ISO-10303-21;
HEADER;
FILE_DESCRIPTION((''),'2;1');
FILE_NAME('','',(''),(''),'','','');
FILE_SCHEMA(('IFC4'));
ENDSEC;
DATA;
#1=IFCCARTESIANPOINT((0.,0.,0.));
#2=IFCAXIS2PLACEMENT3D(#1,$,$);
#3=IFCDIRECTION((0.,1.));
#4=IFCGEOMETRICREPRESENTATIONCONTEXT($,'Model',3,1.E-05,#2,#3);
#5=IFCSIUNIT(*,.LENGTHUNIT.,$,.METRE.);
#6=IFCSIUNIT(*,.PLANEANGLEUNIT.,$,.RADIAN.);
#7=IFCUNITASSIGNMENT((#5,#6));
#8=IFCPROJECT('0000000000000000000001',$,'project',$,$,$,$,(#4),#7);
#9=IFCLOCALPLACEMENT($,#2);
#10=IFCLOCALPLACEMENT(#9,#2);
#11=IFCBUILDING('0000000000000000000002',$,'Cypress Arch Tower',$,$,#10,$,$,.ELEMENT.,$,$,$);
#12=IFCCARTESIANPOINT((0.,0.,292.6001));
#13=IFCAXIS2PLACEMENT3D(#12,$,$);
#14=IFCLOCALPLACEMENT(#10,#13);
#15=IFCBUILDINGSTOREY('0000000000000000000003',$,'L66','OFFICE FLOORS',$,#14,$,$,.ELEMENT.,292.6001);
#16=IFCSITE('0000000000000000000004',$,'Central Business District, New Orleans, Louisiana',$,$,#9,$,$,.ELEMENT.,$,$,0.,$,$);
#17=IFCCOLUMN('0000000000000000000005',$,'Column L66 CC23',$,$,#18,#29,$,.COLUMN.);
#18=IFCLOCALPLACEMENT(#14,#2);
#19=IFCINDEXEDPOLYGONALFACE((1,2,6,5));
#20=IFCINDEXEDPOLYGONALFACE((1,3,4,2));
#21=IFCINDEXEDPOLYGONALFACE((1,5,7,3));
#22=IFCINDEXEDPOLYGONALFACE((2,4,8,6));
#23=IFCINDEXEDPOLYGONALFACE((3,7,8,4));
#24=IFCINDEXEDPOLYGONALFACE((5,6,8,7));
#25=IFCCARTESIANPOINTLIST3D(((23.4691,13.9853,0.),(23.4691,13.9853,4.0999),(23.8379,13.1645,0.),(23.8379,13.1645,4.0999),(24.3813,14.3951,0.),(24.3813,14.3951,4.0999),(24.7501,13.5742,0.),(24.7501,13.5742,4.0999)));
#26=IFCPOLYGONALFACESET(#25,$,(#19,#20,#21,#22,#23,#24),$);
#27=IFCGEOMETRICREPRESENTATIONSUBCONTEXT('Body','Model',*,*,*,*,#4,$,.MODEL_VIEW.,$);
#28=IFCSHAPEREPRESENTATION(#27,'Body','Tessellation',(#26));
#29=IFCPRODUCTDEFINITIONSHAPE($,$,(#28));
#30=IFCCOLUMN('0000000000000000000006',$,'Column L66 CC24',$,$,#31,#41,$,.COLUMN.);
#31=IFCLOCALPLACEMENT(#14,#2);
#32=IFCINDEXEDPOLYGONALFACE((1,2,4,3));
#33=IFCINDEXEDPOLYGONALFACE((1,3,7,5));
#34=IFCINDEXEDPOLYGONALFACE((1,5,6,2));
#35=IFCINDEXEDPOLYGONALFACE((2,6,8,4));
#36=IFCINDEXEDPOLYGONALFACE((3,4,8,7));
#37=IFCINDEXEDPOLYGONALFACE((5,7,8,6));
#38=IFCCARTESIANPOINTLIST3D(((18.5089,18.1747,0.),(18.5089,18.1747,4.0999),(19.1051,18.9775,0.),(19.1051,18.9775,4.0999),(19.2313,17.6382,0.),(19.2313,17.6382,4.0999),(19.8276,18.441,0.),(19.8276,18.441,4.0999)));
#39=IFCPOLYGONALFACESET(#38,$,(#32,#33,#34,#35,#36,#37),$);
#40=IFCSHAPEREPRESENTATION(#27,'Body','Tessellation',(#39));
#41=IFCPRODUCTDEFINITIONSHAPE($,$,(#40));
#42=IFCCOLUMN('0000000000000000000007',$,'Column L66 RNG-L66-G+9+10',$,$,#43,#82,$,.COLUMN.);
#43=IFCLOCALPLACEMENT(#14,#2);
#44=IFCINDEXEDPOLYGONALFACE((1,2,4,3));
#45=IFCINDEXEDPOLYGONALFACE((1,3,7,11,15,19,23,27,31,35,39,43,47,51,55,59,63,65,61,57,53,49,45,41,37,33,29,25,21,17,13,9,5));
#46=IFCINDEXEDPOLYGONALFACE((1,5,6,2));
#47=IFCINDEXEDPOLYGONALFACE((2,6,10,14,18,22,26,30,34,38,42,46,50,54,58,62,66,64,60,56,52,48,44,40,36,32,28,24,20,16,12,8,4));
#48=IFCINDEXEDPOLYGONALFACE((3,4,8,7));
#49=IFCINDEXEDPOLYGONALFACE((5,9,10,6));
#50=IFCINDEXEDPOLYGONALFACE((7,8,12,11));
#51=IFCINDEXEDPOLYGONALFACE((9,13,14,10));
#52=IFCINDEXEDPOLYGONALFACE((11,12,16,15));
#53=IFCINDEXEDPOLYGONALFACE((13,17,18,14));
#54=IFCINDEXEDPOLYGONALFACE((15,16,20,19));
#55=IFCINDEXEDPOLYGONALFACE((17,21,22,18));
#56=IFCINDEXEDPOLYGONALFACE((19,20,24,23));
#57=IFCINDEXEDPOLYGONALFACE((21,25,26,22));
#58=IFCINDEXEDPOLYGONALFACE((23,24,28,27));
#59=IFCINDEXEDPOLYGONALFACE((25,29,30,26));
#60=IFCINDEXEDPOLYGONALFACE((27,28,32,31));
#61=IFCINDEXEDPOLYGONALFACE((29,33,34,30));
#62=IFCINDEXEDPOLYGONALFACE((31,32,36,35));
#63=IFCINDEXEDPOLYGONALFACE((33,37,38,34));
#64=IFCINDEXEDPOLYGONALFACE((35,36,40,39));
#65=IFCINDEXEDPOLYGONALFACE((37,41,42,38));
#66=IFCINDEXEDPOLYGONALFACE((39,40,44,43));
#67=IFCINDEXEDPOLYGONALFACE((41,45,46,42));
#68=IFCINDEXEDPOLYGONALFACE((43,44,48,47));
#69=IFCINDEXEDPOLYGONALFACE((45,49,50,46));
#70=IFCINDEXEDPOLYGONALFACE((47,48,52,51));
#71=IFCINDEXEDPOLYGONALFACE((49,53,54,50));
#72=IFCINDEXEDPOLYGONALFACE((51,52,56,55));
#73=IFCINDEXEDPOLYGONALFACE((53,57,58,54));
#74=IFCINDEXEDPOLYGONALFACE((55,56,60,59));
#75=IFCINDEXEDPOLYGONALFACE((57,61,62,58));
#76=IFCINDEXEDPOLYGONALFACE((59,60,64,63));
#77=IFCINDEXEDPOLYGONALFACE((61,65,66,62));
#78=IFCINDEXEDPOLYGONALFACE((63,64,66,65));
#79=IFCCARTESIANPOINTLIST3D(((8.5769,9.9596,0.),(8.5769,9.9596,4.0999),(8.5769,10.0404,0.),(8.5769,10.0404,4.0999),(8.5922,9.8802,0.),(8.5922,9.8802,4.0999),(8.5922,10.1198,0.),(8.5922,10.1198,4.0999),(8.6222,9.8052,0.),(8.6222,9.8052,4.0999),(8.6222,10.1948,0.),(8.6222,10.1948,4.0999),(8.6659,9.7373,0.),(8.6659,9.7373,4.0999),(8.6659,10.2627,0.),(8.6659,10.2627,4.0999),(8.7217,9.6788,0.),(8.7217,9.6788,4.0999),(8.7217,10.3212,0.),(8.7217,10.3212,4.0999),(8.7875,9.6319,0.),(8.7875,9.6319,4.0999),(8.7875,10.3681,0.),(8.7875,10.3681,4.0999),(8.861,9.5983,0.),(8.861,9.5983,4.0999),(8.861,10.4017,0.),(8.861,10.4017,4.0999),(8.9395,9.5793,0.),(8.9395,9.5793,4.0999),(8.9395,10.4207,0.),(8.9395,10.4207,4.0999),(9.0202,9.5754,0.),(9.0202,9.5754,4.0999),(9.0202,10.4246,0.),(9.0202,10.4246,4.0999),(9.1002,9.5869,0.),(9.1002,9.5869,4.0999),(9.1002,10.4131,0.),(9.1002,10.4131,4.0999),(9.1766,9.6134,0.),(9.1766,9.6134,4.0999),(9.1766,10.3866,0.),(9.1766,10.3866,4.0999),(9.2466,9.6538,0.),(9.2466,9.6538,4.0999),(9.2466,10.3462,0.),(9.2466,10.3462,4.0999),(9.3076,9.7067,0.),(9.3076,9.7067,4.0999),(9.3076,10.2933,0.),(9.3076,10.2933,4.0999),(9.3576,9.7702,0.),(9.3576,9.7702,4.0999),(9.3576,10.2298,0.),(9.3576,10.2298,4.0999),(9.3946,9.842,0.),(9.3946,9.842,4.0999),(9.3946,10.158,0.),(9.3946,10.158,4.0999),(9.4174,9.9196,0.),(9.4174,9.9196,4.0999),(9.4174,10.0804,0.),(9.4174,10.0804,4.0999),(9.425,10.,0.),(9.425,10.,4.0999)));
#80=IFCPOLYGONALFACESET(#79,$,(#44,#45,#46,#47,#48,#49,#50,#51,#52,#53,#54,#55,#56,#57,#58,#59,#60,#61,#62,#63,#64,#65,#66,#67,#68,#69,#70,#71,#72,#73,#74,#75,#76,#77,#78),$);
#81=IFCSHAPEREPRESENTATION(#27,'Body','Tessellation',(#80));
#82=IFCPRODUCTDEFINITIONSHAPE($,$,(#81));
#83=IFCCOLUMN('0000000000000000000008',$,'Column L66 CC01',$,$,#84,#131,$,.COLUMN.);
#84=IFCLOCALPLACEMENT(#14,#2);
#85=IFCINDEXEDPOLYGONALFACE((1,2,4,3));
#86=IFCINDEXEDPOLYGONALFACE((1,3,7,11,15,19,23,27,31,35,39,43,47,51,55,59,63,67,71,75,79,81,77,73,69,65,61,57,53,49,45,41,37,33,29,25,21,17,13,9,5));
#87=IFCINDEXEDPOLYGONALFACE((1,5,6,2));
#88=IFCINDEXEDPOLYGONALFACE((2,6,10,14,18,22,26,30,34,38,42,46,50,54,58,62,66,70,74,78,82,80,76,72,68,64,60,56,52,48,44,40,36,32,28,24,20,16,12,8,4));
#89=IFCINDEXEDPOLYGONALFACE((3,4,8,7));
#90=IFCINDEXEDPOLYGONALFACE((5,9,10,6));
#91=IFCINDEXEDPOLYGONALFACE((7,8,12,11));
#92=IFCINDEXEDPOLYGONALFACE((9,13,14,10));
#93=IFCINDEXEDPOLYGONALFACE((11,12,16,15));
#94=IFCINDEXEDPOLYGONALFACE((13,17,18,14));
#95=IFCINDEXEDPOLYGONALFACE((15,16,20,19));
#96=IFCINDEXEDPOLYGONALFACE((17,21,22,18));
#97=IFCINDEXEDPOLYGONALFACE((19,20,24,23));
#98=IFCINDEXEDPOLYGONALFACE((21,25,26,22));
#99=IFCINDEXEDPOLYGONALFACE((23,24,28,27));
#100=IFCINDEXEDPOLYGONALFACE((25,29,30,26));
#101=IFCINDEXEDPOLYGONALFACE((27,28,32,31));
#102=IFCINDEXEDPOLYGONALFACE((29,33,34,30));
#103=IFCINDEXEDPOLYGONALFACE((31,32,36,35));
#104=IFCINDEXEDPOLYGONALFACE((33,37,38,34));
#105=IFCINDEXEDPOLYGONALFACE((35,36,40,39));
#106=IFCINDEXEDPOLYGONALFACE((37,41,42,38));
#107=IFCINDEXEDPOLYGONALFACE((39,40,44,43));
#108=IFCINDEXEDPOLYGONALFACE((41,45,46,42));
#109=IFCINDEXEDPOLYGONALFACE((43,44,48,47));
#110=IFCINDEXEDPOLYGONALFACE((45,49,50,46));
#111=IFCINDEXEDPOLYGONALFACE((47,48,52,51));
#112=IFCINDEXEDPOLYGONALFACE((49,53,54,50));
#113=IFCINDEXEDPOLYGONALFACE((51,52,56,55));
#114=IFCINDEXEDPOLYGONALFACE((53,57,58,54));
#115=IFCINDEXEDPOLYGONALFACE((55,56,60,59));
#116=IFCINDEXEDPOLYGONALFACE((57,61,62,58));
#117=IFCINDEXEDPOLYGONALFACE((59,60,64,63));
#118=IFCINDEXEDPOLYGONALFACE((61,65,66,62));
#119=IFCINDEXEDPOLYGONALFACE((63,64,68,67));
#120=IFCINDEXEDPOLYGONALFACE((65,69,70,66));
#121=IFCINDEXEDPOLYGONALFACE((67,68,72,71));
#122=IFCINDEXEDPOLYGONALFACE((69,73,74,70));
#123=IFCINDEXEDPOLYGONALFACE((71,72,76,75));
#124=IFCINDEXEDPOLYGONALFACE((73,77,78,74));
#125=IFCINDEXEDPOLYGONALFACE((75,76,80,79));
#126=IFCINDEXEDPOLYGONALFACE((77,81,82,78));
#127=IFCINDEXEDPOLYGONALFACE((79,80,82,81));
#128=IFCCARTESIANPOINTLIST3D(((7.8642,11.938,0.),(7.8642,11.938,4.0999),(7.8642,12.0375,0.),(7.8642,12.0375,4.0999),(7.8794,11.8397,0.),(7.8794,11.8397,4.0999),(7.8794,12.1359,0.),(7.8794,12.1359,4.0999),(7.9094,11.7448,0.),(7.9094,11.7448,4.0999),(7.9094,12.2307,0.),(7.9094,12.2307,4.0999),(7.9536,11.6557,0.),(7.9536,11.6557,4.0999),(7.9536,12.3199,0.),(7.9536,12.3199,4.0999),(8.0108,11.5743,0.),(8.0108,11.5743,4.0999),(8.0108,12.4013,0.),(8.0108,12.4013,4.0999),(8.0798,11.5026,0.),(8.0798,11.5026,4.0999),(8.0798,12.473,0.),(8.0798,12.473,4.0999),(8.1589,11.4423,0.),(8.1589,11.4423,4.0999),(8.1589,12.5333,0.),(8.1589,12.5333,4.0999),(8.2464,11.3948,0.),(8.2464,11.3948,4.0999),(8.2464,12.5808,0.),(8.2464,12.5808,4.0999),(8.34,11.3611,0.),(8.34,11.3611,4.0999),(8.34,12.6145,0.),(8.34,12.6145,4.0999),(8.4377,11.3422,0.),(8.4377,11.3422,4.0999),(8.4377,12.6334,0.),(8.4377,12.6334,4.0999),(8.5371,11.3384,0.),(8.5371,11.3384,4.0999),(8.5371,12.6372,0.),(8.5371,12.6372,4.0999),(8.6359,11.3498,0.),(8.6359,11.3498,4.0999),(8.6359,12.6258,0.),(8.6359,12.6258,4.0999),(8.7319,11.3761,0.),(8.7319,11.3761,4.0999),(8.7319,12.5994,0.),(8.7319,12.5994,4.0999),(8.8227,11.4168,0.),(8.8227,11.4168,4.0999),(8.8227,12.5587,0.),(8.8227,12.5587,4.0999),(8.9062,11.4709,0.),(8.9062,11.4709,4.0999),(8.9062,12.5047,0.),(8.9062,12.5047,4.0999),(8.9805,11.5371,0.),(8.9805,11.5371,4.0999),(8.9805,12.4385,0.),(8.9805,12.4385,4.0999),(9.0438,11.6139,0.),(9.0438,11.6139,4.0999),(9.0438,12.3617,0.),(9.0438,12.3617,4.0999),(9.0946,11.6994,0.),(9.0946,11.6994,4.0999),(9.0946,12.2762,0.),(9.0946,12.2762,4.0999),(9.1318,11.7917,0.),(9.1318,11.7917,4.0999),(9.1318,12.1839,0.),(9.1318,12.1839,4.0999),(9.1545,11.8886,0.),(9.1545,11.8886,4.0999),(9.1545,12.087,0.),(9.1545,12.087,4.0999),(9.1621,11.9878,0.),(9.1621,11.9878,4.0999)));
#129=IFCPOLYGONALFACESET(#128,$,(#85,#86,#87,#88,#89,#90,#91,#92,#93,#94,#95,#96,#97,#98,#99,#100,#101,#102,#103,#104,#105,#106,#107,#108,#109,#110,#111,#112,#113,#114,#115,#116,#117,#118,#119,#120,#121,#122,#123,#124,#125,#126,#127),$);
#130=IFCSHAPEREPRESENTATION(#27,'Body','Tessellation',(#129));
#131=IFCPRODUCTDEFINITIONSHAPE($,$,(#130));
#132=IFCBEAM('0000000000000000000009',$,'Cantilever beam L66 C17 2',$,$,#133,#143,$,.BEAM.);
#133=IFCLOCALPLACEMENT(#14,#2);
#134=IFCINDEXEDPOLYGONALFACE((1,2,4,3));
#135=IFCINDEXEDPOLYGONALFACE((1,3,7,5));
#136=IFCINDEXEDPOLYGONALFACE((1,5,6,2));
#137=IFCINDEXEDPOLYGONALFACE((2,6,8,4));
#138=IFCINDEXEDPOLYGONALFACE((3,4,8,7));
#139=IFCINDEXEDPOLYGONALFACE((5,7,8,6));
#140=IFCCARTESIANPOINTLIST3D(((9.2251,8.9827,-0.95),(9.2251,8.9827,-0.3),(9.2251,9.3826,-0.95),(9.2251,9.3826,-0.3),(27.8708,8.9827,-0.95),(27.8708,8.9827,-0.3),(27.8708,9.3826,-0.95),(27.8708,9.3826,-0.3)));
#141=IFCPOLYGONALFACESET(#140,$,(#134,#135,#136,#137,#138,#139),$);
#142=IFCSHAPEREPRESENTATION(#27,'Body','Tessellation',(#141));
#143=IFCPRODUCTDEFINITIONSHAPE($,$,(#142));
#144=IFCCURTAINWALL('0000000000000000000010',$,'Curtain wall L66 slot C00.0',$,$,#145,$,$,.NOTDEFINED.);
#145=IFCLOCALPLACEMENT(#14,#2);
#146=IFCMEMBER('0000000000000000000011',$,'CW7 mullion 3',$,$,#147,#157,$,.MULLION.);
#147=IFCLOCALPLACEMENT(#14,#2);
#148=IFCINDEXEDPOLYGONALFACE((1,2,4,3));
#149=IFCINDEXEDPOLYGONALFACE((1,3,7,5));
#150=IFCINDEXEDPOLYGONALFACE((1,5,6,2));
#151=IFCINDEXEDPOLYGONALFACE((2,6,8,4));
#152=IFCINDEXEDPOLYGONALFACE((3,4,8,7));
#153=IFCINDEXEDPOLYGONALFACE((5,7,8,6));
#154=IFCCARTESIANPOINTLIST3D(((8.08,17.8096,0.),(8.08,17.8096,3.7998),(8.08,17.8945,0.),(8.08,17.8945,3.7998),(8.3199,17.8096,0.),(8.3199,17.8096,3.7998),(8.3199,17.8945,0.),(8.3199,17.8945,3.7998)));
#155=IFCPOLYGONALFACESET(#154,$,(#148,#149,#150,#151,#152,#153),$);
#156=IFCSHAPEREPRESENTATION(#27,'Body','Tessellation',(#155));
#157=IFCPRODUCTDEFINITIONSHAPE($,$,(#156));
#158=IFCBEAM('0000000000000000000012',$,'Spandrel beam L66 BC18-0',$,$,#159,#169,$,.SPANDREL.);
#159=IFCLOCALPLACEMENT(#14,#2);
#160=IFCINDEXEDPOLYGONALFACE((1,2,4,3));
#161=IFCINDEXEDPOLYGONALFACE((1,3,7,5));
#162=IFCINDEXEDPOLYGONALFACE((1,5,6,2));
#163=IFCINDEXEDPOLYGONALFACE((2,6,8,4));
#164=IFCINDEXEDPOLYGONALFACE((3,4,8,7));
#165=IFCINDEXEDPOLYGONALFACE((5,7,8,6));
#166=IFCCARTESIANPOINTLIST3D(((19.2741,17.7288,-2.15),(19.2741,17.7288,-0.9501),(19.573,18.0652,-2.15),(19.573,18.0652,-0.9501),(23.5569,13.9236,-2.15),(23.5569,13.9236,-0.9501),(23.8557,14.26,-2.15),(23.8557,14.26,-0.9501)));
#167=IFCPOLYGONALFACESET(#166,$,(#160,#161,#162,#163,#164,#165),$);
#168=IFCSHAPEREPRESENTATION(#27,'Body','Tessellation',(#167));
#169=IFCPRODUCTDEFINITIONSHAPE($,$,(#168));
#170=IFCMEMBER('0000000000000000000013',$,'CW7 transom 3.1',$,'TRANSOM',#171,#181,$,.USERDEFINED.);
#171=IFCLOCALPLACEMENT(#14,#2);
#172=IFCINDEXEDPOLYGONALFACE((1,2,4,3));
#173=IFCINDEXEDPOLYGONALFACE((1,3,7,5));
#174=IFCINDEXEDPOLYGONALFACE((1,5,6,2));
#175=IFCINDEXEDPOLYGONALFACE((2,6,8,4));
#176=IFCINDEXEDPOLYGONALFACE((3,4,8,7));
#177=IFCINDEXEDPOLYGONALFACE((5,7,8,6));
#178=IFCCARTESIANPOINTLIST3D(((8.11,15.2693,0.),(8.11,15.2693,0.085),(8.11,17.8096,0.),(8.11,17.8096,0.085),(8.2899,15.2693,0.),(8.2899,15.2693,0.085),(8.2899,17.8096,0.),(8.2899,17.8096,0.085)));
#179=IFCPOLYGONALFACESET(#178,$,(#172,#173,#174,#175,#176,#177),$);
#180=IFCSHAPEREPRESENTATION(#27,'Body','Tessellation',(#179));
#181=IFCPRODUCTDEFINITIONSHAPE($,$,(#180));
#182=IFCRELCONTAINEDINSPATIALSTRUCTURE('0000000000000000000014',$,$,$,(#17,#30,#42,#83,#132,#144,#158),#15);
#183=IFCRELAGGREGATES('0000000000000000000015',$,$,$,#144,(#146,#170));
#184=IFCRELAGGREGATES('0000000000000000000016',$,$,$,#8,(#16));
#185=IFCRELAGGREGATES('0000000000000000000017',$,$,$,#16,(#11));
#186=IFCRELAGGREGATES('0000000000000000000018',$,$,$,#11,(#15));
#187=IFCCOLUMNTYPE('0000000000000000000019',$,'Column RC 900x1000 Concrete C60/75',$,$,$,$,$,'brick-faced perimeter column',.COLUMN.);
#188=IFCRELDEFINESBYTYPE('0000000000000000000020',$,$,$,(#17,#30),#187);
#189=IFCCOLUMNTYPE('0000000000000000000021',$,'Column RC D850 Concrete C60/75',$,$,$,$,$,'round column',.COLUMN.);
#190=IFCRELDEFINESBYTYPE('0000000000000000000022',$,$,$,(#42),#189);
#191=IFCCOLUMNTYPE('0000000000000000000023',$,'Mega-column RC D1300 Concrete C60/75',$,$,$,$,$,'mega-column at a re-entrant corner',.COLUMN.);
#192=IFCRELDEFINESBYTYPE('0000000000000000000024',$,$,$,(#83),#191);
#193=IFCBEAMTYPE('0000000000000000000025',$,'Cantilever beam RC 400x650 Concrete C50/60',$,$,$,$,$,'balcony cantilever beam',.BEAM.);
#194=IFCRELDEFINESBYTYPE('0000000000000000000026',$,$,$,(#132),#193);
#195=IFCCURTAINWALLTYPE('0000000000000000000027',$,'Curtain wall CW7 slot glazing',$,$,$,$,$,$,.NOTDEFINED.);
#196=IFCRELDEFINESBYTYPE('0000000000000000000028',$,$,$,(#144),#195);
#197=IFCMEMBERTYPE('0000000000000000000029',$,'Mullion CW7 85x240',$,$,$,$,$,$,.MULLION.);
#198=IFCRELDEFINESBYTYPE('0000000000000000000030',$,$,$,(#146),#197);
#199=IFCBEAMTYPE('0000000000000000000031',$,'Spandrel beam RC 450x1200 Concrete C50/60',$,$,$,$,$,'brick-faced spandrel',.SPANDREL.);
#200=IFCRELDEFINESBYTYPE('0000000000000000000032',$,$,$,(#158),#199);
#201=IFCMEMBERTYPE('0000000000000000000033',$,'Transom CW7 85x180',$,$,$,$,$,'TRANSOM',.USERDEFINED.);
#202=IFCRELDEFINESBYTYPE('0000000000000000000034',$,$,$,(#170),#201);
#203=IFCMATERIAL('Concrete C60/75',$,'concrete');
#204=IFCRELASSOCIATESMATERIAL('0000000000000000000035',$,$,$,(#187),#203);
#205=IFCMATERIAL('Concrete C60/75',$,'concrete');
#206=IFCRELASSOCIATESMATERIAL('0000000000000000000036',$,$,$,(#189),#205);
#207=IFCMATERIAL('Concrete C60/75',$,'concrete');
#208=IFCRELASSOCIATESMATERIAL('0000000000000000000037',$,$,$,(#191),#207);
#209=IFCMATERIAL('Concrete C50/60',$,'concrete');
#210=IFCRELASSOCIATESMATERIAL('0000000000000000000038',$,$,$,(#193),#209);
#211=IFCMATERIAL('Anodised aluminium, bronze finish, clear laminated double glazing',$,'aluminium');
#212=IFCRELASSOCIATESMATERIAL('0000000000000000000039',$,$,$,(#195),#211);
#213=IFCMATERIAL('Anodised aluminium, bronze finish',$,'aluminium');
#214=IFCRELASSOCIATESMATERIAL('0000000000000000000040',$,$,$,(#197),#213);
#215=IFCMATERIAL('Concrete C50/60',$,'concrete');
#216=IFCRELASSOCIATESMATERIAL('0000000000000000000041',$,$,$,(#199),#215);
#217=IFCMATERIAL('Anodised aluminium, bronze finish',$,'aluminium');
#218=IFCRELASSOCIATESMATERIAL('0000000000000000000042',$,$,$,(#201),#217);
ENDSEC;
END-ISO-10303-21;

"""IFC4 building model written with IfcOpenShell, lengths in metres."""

from ifc_helpers import new_model, si_unit, direction, frame, origin, origin_2d, place, context, subcontext, project, spatial, rectangle, circle, extrude, material, material_profile, profile_set, type_object, element, aggregate, save


model = new_model("IFC4")

# Units and contexts
model_context = context("Model", 3, precision=1e-05, world=origin(), true_north=direction((0.0, 1.0)))
body_context = subcontext(model_context, "Body", "Model", "MODEL_VIEW")
ifc_project = project(units=[si_unit("LENGTHUNIT", "METRE"), si_unit("PLANEANGLEUNIT", "RADIAN")], contexts=[model_context])

# Site, building, storey
site_placement = place(None, origin())
site = spatial("IfcSite", under=ifc_project, at=site_placement, Name="Central Business District, New Orleans, Louisiana", CompositionType="ELEMENT", RefElevation=0.0)
building_placement = place(site_placement, origin())
building = spatial("IfcBuilding", under=site, at=building_placement, Name="Cypress Arch Tower", CompositionType="ELEMENT")
storey_placement = place(building_placement, frame((0.0, 0.0, 292.6001)))
storey = spatial("IfcBuildingStorey", under=building, at=storey_placement, Name="L66", Description="OFFICE FLOORS", CompositionType="ELEMENT", Elevation=292.6001)

# Columns
ifc_material_1 = material(Name="Concrete C60/75", Category="concrete")
ifc_material_profile_1 = material_profile(ifc_material_1, rectangle(XDim=0.8999, YDim=1.0, at=origin_2d()), Name="RC 900x1000")
ifc_profile_set_1 = profile_set([ifc_material_profile_1], Name="Concrete C60/75")
column_type_1 = type_object("IfcColumnType", Name="Column RC 900x1000 Concrete C60/75", ElementType="brick-faced perimeter column", PredefinedType="COLUMN", material=ifc_profile_set_1)
for number, where, z_axis, x_axis, name in (
    (1, (24.1096, 13.7798, 0.0), (0.0, 0.0, 1.0), (-0.409765, 0.912191, 0.0), "Column L66 CC23"),
    (2, (19.1682, 18.3079, 0.0), (0.0, 0.0, 1.0), (-0.802799, 0.59625, 0.0), "Column L66 CC24"),
):
    element("IfcColumn", number, at=place(storey_placement, frame(where, z_axis=z_axis, x_axis=x_axis)), inside=storey, type_object=column_type_1, Name=name, PredefinedType="COLUMN", context=body_context, shape_type="SweptSolid", body=[
        extrude(rectangle(XDim=0.8999, YDim=1.0, at=origin_2d()), origin(), (0.0, 0.0, 1.0), 4.0999),
    ])
ifc_material_2 = material(Name="Concrete C60/75", Category="concrete")
ifc_material_profile_2 = material_profile(ifc_material_2, circle(Radius=0.425, at=origin_2d()), Name="RC D850")
ifc_profile_set_2 = profile_set([ifc_material_profile_2], Name="Concrete C60/75")
column_type_2 = type_object("IfcColumnType", Name="Column RC D850 Concrete C60/75", ElementType="round column", PredefinedType="COLUMN", material=ifc_profile_set_2)
column_1_placement = place(storey_placement, frame((9.0, 10.0, 0.0), z_axis=(0.0, 0.0, 1.0), x_axis=(1.0, 0.0, 0.0)))
element("IfcColumn", 3, at=column_1_placement, inside=storey, type_object=column_type_2, Name="Column L66 RNG-L66-G+9+10", PredefinedType="COLUMN", context=body_context, shape_type="SweptSolid", body=[
    extrude(circle(Radius=0.425, at=origin_2d()), origin(), (0.0, 0.0, 1.0), 4.0999),
])
ifc_material_3 = material(Name="Concrete C60/75", Category="concrete")
ifc_material_profile_3 = material_profile(ifc_material_3, circle(Radius=0.6499, at=origin_2d()), Name="RC D1300")
ifc_profile_set_3 = profile_set([ifc_material_profile_3], Name="Concrete C60/75")
column_type_3 = type_object("IfcColumnType", Name="Mega-column RC D1300 Concrete C60/75", ElementType="mega-column at a re-entrant corner", PredefinedType="COLUMN", material=ifc_profile_set_3)
column_2_placement = place(storey_placement, frame((8.5122, 11.9878, 0.0), z_axis=(0.0, 0.0, 1.0), x_axis=(1.0, 0.0, 0.0)))
element("IfcColumn", 4, at=column_2_placement, inside=storey, type_object=column_type_3, Name="Column L66 CC01", PredefinedType="COLUMN", context=body_context, shape_type="SweptSolid", body=[
    extrude(circle(Radius=0.6499, at=origin_2d()), origin(), (0.0, 0.0, 1.0), 4.0999),
])

# Beam
ifc_material_4 = material(Name="Concrete C50/60", Category="concrete")
ifc_material_profile_4 = material_profile(ifc_material_4, rectangle(XDim=0.3999, YDim=0.6499, at=origin_2d()), Name="RC 400x650")
ifc_profile_set_4 = profile_set([ifc_material_profile_4], Name="Concrete C50/60")
beam_type_1 = type_object("IfcBeamType", Name="Cantilever beam RC 400x650 Concrete C50/60", ElementType="balcony cantilever beam", PredefinedType="BEAM", material=ifc_profile_set_4)
beam_1_placement = place(storey_placement, frame((9.2251, 9.1826, -0.625), z_axis=(1.0, 0.0, 0.0), x_axis=(0.0, 1.0, 0.0)))
element("IfcBeam", 5, at=beam_1_placement, inside=storey, type_object=beam_type_1, Name="Cantilever beam L66 C17 2", PredefinedType="BEAM", context=body_context, shape_type="SweptSolid", body=[
    extrude(rectangle(XDim=0.3999, YDim=0.6499, at=origin_2d()), origin(), (0.0, 0.0, 1.0), 18.6458),
])

# Curtain wall, member
ifc_material_5 = material(Name="Anodised aluminium, bronze finish, clear laminated double glazing", Category="aluminium")
curtain_wall_type = type_object("IfcCurtainWallType", Name="Curtain wall CW7 slot glazing", PredefinedType="NOTDEFINED", material=ifc_material_5)
curtain_wall_placement = place(storey_placement, origin())
curtain_wall = element("IfcCurtainWall", 6, at=curtain_wall_placement, inside=storey, type_object=curtain_wall_type, Name="Curtain wall L66 slot C00.0", PredefinedType="NOTDEFINED")
ifc_material_6 = material(Name="Anodised aluminium, bronze finish", Category="aluminium")
ifc_material_profile_5 = material_profile(ifc_material_6, rectangle(XDim=0.24, YDim=0.085, at=origin_2d()), Name="Mullion 85x240")
ifc_profile_set_5 = profile_set([ifc_material_profile_5], Name="Anodised aluminium, bronze finish")
member_type_1 = type_object("IfcMemberType", Name="Mullion CW7 85x240", PredefinedType="MULLION", material=ifc_profile_set_5)
member_1_placement = place(storey_placement, frame((8.2, 17.8521, 0.0), z_axis=(0.0, 0.0, 1.0), x_axis=(1.0, 0.0, 0.0)))
member_1 = element("IfcMember", 7, at=member_1_placement, type_object=member_type_1, Name="CW7 mullion 3", PredefinedType="MULLION", context=body_context, shape_type="SweptSolid", body=[
    extrude(rectangle(XDim=0.24, YDim=0.085, at=origin_2d()), origin(), (0.0, 0.0, 1.0), 3.7998),
])

# Beam
ifc_material_7 = material(Name="Concrete C50/60", Category="concrete")
ifc_material_profile_6 = material_profile(ifc_material_7, rectangle(XDim=0.45, YDim=1.2, at=origin_2d()), Name="RC 450x1200")
ifc_profile_set_6 = profile_set([ifc_material_profile_6], Name="Concrete C50/60")
beam_type_2 = type_object("IfcBeamType", Name="Spandrel beam RC 450x1200 Concrete C50/60", ElementType="brick-faced spandrel", PredefinedType="SPANDREL", material=ifc_profile_set_6)
beam_2_placement = place(storey_placement, frame((23.7063, 14.0918, -1.55), z_axis=(-0.747555, 0.6642, 0.0), x_axis=(-0.6642, -0.747555, 0.0)))
element("IfcBeam", 8, at=beam_2_placement, inside=storey, type_object=beam_type_2, Name="Spandrel beam L66 BC18-0", PredefinedType="SPANDREL", context=body_context, shape_type="SweptSolid", body=[
    extrude(rectangle(XDim=0.45, YDim=1.2, at=origin_2d()), origin(), (0.0, 0.0, 1.0), 5.729),
])

# Member
ifc_material_8 = material(Name="Anodised aluminium, bronze finish", Category="aluminium")
ifc_material_profile_7 = material_profile(ifc_material_8, rectangle(XDim=0.1799, YDim=0.085, at=origin_2d()), Name="Transom 85x180")
ifc_profile_set_7 = profile_set([ifc_material_profile_7], Name="Anodised aluminium, bronze finish")
member_type_2 = type_object("IfcMemberType", Name="Transom CW7 85x180", ElementType="TRANSOM", PredefinedType="USERDEFINED", material=ifc_profile_set_7)
member_2_placement = place(storey_placement, frame((8.2, 17.8096, 0.0425), z_axis=(0.0, -1.0, 0.0), x_axis=(1.0, 0.0, 0.0)))
member_2 = element("IfcMember", 9, at=member_2_placement, type_object=member_type_2, Name="CW7 transom 3.1", ObjectType="TRANSOM", PredefinedType="USERDEFINED", context=body_context, shape_type="SweptSolid", body=[
    extrude(rectangle(XDim=0.1799, YDim=0.085, at=origin_2d()), origin(), (0.0, 0.0, 1.0), 2.5403),
])
aggregate(curtain_wall, [member_1, member_2])

save(model, "model.ifc")
